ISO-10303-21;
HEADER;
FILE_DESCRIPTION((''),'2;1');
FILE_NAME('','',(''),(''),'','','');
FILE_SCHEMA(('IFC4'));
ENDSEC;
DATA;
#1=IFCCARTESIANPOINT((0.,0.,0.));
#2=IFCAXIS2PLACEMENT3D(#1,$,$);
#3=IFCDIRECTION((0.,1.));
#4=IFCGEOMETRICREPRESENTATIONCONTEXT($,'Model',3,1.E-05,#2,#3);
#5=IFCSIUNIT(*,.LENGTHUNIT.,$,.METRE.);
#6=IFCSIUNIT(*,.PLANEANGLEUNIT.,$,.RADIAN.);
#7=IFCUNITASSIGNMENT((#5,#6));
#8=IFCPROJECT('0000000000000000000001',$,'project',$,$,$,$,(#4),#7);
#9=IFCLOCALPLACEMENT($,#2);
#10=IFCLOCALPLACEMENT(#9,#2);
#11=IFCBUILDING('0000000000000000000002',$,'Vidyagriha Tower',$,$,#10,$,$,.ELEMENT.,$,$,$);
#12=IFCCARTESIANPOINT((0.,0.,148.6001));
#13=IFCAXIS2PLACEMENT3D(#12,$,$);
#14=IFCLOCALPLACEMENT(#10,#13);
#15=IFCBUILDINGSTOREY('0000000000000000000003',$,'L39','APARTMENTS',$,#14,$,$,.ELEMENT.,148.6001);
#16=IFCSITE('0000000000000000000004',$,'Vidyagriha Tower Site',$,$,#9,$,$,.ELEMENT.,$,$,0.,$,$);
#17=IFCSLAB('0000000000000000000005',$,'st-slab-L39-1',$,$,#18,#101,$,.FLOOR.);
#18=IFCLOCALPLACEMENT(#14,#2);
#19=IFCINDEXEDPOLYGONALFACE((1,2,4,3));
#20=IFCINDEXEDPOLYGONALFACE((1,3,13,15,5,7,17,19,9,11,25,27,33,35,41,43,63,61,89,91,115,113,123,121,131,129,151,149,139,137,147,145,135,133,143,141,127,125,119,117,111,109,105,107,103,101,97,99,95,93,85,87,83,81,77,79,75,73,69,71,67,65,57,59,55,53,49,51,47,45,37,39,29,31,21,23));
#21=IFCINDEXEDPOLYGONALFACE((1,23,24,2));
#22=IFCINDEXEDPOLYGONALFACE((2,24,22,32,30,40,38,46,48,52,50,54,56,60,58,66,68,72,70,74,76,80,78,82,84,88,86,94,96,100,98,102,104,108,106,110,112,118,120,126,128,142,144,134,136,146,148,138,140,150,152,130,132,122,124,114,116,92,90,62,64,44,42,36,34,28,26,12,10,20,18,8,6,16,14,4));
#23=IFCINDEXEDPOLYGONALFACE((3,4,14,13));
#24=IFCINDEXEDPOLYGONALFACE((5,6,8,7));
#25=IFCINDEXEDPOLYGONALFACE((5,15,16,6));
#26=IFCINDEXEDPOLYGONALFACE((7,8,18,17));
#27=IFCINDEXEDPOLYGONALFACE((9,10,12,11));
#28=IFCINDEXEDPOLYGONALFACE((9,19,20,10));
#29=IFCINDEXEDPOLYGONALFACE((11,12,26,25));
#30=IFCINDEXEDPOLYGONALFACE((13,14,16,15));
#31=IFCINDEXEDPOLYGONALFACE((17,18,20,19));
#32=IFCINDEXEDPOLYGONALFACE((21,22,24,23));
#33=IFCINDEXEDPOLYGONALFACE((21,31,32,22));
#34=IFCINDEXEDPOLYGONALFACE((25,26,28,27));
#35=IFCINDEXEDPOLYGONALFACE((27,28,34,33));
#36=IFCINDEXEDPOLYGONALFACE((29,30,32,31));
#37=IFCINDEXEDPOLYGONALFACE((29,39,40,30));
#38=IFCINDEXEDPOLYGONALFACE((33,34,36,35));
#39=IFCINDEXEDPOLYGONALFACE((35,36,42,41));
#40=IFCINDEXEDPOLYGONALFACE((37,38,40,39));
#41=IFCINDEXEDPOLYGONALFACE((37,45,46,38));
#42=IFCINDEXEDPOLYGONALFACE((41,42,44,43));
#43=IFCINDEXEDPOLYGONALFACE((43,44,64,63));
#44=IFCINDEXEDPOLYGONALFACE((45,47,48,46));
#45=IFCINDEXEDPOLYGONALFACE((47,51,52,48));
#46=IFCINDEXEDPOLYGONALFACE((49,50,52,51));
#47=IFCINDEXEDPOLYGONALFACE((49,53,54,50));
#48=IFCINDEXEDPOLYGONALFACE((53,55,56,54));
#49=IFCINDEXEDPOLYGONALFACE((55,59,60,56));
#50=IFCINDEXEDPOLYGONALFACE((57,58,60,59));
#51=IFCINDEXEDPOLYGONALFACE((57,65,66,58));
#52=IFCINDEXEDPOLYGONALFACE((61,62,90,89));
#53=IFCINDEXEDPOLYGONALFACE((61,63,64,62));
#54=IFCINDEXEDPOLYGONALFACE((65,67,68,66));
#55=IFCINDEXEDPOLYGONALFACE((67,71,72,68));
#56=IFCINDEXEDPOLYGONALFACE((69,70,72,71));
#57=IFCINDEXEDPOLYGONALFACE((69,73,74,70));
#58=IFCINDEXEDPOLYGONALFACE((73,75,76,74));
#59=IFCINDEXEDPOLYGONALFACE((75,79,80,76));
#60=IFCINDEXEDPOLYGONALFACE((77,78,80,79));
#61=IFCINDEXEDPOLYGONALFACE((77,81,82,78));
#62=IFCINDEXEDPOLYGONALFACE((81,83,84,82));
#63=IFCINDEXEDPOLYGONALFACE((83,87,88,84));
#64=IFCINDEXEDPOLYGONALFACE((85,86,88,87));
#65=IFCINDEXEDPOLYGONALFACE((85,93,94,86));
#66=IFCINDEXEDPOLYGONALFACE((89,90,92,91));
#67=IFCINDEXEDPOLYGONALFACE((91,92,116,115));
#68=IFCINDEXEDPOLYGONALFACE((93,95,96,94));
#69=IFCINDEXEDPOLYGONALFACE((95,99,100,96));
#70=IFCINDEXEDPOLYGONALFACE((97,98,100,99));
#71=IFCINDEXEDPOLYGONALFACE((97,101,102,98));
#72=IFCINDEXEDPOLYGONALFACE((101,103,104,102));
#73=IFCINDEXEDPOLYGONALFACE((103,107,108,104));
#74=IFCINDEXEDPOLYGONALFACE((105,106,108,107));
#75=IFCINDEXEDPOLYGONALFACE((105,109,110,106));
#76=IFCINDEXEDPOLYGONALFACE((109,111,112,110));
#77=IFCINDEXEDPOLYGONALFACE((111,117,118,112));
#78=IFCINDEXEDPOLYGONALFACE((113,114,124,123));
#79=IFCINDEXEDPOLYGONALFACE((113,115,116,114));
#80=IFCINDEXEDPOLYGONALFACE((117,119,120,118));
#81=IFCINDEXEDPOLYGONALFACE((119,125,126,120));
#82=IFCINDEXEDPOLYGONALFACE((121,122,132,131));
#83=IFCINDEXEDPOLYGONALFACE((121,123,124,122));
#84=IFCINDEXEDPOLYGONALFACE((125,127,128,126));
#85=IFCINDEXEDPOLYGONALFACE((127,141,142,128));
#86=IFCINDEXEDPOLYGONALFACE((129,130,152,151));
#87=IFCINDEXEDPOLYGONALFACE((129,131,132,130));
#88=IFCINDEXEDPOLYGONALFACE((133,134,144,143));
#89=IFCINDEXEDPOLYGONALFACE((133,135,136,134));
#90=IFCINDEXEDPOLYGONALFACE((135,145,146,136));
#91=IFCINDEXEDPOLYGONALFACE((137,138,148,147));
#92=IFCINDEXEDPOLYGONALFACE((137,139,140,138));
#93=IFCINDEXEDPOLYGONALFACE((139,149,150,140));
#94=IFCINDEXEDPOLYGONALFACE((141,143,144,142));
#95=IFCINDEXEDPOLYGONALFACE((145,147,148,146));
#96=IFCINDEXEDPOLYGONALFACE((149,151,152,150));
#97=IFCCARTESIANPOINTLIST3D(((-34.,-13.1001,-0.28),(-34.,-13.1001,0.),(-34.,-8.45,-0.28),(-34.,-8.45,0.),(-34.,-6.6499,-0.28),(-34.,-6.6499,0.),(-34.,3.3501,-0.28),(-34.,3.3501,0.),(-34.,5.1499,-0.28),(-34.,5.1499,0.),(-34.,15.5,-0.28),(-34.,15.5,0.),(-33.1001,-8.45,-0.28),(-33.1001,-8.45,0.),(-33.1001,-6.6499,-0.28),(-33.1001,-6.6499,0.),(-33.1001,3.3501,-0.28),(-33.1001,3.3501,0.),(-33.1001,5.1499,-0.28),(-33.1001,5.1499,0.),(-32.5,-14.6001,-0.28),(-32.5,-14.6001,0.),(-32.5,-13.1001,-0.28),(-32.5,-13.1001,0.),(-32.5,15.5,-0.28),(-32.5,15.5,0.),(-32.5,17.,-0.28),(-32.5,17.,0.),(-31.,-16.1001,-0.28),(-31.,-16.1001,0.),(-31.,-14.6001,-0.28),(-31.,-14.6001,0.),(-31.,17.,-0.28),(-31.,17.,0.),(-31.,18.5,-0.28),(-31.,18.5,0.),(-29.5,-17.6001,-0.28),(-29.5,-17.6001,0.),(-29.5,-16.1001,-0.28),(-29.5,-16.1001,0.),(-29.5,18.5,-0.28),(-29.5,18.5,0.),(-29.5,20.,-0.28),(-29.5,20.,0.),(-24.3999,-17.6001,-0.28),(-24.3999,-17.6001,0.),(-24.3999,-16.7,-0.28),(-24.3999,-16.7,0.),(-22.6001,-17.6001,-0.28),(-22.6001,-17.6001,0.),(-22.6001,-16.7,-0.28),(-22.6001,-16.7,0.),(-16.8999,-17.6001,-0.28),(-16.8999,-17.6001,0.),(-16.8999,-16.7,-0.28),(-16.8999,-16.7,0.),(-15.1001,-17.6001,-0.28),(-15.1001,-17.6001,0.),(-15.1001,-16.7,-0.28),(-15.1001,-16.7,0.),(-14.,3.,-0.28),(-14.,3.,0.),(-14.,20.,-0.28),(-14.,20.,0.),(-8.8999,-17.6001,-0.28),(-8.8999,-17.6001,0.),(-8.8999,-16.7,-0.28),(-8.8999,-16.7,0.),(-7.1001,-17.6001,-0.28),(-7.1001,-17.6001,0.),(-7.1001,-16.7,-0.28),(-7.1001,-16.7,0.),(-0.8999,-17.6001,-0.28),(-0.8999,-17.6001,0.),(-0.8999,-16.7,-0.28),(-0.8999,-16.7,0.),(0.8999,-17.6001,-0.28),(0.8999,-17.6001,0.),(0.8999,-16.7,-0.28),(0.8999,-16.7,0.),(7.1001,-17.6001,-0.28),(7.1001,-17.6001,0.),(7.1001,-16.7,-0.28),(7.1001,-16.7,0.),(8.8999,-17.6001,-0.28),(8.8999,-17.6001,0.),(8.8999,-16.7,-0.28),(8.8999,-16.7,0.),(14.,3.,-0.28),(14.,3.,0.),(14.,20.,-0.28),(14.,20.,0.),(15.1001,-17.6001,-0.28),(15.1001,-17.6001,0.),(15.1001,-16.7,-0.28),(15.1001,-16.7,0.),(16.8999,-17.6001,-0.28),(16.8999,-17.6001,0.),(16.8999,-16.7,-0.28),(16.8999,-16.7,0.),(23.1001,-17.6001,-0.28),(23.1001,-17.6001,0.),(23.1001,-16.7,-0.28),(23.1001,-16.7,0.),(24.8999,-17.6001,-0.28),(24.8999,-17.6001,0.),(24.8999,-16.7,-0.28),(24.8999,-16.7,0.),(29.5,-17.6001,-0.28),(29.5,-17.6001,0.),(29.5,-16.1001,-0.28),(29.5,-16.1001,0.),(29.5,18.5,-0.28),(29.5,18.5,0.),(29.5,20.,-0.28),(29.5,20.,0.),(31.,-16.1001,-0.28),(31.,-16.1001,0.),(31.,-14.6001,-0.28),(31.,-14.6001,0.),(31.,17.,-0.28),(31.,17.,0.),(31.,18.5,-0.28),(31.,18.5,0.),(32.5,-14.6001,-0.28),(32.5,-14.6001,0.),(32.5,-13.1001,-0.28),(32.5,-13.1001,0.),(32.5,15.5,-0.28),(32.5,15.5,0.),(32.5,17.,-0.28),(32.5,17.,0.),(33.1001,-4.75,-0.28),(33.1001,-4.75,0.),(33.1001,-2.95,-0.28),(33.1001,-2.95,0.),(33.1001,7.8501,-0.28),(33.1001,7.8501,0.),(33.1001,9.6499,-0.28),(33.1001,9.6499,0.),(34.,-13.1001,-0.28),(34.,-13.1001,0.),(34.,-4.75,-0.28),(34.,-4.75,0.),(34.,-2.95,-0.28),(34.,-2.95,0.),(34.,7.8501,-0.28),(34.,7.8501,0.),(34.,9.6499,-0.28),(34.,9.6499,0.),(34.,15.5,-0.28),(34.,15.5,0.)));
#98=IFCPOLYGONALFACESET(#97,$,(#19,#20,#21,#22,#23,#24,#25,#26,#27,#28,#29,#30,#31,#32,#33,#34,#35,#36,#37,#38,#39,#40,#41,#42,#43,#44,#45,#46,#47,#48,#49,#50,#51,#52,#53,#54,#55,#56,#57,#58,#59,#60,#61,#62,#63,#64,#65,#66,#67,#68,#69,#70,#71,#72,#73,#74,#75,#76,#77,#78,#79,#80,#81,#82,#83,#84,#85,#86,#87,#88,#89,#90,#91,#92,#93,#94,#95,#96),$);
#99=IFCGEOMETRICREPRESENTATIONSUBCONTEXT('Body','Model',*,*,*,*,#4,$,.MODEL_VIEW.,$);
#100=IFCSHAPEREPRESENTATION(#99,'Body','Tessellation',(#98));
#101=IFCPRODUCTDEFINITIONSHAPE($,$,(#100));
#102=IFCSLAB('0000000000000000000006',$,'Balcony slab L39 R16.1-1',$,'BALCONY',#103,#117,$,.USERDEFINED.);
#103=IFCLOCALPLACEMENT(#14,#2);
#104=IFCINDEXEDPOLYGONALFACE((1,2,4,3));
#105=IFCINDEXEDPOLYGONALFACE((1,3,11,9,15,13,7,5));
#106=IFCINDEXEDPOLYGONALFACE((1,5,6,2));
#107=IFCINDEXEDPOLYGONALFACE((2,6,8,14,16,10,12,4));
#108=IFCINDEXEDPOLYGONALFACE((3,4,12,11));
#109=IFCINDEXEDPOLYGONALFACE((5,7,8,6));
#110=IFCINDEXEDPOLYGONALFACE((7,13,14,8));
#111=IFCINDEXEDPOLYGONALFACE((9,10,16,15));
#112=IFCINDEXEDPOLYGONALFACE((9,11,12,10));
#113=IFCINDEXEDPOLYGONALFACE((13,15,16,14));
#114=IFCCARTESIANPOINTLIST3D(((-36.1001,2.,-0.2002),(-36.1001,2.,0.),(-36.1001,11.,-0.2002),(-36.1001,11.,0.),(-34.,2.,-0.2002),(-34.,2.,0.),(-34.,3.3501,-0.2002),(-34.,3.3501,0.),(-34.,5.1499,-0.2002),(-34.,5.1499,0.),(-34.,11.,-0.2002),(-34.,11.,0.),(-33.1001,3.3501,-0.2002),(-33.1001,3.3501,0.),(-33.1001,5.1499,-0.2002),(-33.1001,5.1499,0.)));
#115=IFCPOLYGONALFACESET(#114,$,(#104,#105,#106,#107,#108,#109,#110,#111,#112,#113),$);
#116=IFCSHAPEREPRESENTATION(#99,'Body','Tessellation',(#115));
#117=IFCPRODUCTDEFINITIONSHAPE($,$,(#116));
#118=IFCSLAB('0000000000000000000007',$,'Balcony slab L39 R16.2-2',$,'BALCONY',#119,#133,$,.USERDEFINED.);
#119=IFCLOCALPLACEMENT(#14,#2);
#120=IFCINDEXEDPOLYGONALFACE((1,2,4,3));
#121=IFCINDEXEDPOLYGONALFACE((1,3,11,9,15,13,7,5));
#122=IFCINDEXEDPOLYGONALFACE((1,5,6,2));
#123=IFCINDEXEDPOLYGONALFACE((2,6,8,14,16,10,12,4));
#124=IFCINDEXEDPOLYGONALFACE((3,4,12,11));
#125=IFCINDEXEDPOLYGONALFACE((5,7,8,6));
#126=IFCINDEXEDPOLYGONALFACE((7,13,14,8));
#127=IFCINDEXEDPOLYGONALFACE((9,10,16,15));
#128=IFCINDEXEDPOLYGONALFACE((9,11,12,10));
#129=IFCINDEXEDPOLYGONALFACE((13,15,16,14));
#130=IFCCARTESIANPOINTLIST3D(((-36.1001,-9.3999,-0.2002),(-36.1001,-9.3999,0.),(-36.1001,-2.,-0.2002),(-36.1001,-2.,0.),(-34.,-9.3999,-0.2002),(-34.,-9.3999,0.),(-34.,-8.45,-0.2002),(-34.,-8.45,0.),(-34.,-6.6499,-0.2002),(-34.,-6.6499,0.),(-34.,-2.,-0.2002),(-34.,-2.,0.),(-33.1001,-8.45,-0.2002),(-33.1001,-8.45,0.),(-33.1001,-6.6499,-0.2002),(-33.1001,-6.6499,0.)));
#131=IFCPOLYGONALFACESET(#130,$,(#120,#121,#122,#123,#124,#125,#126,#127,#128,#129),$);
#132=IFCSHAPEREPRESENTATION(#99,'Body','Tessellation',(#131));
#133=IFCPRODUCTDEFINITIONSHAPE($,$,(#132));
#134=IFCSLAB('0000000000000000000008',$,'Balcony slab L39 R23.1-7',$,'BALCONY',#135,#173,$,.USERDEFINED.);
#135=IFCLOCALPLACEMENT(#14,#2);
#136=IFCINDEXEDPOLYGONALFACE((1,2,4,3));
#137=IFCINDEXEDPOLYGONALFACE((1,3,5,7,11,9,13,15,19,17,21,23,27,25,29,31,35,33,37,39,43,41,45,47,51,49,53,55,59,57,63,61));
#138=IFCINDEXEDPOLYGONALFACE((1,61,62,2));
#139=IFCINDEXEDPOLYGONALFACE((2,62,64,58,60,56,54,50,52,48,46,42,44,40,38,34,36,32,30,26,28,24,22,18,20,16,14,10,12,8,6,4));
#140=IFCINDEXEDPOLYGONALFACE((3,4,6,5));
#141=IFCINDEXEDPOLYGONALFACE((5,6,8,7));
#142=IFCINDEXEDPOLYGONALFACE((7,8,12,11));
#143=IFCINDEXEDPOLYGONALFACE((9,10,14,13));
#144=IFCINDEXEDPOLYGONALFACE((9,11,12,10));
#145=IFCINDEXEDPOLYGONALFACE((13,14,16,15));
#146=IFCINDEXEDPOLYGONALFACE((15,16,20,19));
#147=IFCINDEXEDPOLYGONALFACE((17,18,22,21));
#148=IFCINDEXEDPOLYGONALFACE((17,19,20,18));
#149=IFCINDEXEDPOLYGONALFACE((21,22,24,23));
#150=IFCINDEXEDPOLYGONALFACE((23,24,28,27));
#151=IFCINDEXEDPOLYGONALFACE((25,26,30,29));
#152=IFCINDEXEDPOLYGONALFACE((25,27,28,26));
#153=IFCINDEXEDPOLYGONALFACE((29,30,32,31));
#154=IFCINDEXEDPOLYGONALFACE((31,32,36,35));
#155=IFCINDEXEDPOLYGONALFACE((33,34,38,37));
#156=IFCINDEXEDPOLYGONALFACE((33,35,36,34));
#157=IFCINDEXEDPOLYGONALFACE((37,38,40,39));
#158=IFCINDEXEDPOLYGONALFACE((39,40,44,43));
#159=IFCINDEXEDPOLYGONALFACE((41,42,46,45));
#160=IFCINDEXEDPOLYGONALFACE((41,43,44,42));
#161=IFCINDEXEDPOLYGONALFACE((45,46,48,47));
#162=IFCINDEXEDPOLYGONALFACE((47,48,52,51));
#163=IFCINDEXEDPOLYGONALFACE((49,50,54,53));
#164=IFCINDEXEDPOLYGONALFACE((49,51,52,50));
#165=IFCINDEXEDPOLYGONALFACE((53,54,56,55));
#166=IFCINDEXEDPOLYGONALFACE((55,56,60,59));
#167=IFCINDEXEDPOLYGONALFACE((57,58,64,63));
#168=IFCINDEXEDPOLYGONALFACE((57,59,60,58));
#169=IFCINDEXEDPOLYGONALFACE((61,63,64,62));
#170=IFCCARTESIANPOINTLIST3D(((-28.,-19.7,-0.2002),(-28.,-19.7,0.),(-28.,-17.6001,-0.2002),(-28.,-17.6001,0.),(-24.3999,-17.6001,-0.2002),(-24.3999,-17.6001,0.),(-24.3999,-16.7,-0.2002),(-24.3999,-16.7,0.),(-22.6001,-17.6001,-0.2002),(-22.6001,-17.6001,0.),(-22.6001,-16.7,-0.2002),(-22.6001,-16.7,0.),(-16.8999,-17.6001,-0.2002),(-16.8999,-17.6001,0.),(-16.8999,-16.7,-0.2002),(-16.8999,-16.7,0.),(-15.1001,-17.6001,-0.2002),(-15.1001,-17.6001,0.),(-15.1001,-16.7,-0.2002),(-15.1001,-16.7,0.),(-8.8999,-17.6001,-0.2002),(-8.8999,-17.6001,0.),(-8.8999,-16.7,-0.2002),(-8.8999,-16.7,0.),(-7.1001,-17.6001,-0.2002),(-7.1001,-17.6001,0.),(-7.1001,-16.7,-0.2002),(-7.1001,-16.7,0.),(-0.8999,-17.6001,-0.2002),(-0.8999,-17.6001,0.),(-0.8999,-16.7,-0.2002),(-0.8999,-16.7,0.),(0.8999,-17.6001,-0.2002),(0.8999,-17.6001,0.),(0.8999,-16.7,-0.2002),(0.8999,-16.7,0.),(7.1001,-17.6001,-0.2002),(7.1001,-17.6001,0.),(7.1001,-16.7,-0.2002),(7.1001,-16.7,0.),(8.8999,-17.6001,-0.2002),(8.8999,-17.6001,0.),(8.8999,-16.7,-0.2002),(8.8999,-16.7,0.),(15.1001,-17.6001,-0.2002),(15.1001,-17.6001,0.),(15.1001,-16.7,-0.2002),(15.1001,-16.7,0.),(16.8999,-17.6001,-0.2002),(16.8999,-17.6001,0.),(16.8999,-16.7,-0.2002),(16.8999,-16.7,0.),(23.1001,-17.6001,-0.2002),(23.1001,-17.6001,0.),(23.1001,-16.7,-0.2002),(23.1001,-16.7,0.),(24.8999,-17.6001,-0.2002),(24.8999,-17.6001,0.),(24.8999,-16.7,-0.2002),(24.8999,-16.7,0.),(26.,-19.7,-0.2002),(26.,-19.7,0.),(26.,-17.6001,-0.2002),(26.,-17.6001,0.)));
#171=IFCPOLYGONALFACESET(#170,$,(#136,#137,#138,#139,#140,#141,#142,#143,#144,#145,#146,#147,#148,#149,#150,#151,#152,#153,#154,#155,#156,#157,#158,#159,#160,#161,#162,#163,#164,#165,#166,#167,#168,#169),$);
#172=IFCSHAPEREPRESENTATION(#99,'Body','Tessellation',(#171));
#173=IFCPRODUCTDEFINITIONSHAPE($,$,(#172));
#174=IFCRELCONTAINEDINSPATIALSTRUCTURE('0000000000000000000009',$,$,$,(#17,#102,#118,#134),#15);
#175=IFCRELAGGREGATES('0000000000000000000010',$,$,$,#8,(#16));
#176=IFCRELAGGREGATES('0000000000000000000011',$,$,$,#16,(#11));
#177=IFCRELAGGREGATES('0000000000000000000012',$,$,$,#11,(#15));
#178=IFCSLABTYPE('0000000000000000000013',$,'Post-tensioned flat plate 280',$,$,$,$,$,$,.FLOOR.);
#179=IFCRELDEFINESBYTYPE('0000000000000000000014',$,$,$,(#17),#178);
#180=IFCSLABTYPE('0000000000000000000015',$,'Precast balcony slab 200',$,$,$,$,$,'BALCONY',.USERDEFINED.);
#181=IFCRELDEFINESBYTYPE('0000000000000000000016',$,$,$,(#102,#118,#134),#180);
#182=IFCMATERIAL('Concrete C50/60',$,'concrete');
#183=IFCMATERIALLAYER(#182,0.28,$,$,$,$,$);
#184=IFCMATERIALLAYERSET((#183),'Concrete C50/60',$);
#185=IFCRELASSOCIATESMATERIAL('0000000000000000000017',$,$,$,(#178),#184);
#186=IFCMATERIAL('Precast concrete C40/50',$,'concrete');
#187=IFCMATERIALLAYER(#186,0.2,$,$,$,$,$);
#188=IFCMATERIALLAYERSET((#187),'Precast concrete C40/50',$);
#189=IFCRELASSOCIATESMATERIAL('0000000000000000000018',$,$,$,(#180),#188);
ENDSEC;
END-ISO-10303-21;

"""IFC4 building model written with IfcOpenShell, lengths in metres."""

from ifc_helpers import new_model, si_unit, direction, frame, origin, place, context, subcontext, project, spatial, polyline, outline, extrude, material, layer, layer_set, type_object, element, save


model = new_model("IFC4")

# Units and contexts
model_context = context("Model", 3, precision=1e-05, world=origin(), true_north=direction((0.0, 1.0)))
body_context = subcontext(model_context, "Body", "Model", "MODEL_VIEW")
ifc_project = project(units=[si_unit("LENGTHUNIT", "METRE"), si_unit("PLANEANGLEUNIT", "RADIAN")], contexts=[model_context])

# Site, building, storey
site_placement = place(None, origin())
site = spatial("IfcSite", under=ifc_project, at=site_placement, Name="Vidyagriha Tower Site", CompositionType="ELEMENT", RefElevation=0.0)
building_placement = place(site_placement, origin())
building = spatial("IfcBuilding", under=site, at=building_placement, Name="Vidyagriha Tower", CompositionType="ELEMENT")
storey_placement = place(building_placement, frame((0.0, 0.0, 148.6001)))
storey = spatial("IfcBuildingStorey", under=building, at=storey_placement, Name="L39", Description="APARTMENTS", CompositionType="ELEMENT", Elevation=148.6001)

# Slabs
ifc_material_1 = material(Name="Concrete C50/60", Category="concrete")
ifc_layer_1 = layer(ifc_material_1, 0.28)
ifc_layer_set_1 = layer_set([ifc_layer_1], Name="Concrete C50/60")
slab_type_1 = type_object("IfcSlabType", Name="Post-tensioned flat plate 280", PredefinedType="FLOOR", material=ifc_layer_set_1)
slab_1_placement = place(storey_placement, frame((0.0, 0.0, -0.28)))
element("IfcSlab", 1, at=slab_1_placement, inside=storey, type_object=slab_type_1, Name="st-slab-L39-1", PredefinedType="FLOOR", context=body_context, shape_type="SweptSolid", body=[
    extrude(outline(polyline([(32.5, -14.6001), (31.0, -14.6001), (31.0, -16.1001), (29.5, -16.1001), (29.5, -17.6001), (24.8999, -17.6001), (24.8999, -16.7), (23.1001, -16.7), (23.1001, -17.6001), (16.8999, -17.6001), (16.8999, -16.7), (15.1001, -16.7), (15.1001, -17.6001), (8.8999, -17.6001), (8.8999, -16.7), (7.1001, -16.7), (7.1001, -17.6001), (0.8999, -17.6001), (0.8999, -16.7), (-0.8999, -16.7), (-0.8999, -17.6001), (-7.1001, -17.6001), (-7.1001, -16.7), (-8.8999, -16.7), (-8.8999, -17.6001), (-15.1001, -17.6001), (-15.1001, -16.7), (-16.8999, -16.7), (-16.8999, -17.6001), (-22.6001, -17.6001), (-22.6001, -16.7), (-24.3999, -16.7), (-24.3999, -17.6001), (-29.5, -17.6001), (-29.5, -16.1001), (-31.0, -16.1001), (-31.0, -14.6001), (-32.5, -14.6001), (-32.5, -13.1001), (-34.0, -13.1001), (-34.0, -8.45), (-33.1001, -8.45), (-33.1001, -6.6499), (-34.0, -6.6499), (-34.0, 3.3501), (-33.1001, 3.3501), (-33.1001, 5.1499), (-34.0, 5.1499), (-34.0, 15.5), (-32.5, 15.5), (-32.5, 17.0), (-31.0, 17.0), (-31.0, 18.5), (-29.5, 18.5), (-29.5, 20.0), (-14.0, 20.0), (-14.0, 3.0), (14.0, 3.0), (14.0, 20.0), (29.5, 20.0), (29.5, 18.5), (31.0, 18.5), (31.0, 17.0), (32.5, 17.0), (32.5, 15.5), (34.0, 15.5), (34.0, 9.6499), (33.1001, 9.6499), (33.1001, 7.8501), (34.0, 7.8501), (34.0, -2.95), (33.1001, -2.95), (33.1001, -4.75), (34.0, -4.75), (34.0, -13.1001), (32.5, -13.1001), (32.5, -14.6001)])), origin(), (0.0, 0.0, 1.0), 0.28),
])
ifc_material_2 = material(Name="Precast concrete C40/50", Category="concrete")
ifc_layer_2 = layer(ifc_material_2, 0.2)
ifc_layer_set_2 = layer_set([ifc_layer_2], Name="Precast concrete C40/50")
slab_type_2 = type_object("IfcSlabType", Name="Precast balcony slab 200", ElementType="BALCONY", PredefinedType="USERDEFINED", material=ifc_layer_set_2)
slab_2_placement = place(storey_placement, frame((0.0, 0.0, -0.2002)))
element("IfcSlab", 2, at=slab_2_placement, inside=storey, type_object=slab_type_2, Name="Balcony slab L39 R16.1-1", ObjectType="BALCONY", PredefinedType="USERDEFINED", context=body_context, shape_type="SweptSolid", body=[
    extrude(outline(polyline([(-33.1001, 3.3501), (-33.1001, 5.1499), (-34.0, 5.1499), (-34.0, 11.0), (-36.1001, 11.0), (-36.1001, 2.0), (-34.0, 2.0), (-34.0, 3.3501), (-33.1001, 3.3501)])), origin(), (0.0, 0.0, 1.0), 0.2002),
])
slab_3_placement = place(storey_placement, frame((0.0, 0.0, -0.2002)))
element("IfcSlab", 3, at=slab_3_placement, inside=storey, type_object=slab_type_2, Name="Balcony slab L39 R16.2-2", ObjectType="BALCONY", PredefinedType="USERDEFINED", context=body_context, shape_type="SweptSolid", body=[
    extrude(outline(polyline([(-33.1001, -8.45), (-33.1001, -6.6499), (-34.0, -6.6499), (-34.0, -2.0), (-36.1001, -2.0), (-36.1001, -9.3999), (-34.0, -9.3999), (-34.0, -8.45), (-33.1001, -8.45)])), origin(), (0.0, 0.0, 1.0), 0.2002),
])
slab_4_placement = place(storey_placement, frame((0.0, 0.0, -0.2002)))
element("IfcSlab", 4, at=slab_4_placement, inside=storey, type_object=slab_type_2, Name="Balcony slab L39 R23.1-7", ObjectType="BALCONY", PredefinedType="USERDEFINED", context=body_context, shape_type="SweptSolid", body=[
    extrude(outline(polyline([(-22.6001, -16.7), (-24.3999, -16.7), (-24.3999, -17.6001), (-28.0, -17.6001), (-28.0, -19.7), (26.0, -19.7), (26.0, -17.6001), (24.8999, -17.6001), (24.8999, -16.7), (23.1001, -16.7), (23.1001, -17.6001), (16.8999, -17.6001), (16.8999, -16.7), (15.1001, -16.7), (15.1001, -17.6001), (8.8999, -17.6001), (8.8999, -16.7), (7.1001, -16.7), (7.1001, -17.6001), (0.8999, -17.6001), (0.8999, -16.7), (-0.8999, -16.7), (-0.8999, -17.6001), (-7.1001, -17.6001), (-7.1001, -16.7), (-8.8999, -16.7), (-8.8999, -17.6001), (-15.1001, -17.6001), (-15.1001, -16.7), (-16.8999, -16.7), (-16.8999, -17.6001), (-22.6001, -17.6001), (-22.6001, -16.7)])), origin(), (0.0, 0.0, 1.0), 0.2002),
])

save(model, "model.ifc")
